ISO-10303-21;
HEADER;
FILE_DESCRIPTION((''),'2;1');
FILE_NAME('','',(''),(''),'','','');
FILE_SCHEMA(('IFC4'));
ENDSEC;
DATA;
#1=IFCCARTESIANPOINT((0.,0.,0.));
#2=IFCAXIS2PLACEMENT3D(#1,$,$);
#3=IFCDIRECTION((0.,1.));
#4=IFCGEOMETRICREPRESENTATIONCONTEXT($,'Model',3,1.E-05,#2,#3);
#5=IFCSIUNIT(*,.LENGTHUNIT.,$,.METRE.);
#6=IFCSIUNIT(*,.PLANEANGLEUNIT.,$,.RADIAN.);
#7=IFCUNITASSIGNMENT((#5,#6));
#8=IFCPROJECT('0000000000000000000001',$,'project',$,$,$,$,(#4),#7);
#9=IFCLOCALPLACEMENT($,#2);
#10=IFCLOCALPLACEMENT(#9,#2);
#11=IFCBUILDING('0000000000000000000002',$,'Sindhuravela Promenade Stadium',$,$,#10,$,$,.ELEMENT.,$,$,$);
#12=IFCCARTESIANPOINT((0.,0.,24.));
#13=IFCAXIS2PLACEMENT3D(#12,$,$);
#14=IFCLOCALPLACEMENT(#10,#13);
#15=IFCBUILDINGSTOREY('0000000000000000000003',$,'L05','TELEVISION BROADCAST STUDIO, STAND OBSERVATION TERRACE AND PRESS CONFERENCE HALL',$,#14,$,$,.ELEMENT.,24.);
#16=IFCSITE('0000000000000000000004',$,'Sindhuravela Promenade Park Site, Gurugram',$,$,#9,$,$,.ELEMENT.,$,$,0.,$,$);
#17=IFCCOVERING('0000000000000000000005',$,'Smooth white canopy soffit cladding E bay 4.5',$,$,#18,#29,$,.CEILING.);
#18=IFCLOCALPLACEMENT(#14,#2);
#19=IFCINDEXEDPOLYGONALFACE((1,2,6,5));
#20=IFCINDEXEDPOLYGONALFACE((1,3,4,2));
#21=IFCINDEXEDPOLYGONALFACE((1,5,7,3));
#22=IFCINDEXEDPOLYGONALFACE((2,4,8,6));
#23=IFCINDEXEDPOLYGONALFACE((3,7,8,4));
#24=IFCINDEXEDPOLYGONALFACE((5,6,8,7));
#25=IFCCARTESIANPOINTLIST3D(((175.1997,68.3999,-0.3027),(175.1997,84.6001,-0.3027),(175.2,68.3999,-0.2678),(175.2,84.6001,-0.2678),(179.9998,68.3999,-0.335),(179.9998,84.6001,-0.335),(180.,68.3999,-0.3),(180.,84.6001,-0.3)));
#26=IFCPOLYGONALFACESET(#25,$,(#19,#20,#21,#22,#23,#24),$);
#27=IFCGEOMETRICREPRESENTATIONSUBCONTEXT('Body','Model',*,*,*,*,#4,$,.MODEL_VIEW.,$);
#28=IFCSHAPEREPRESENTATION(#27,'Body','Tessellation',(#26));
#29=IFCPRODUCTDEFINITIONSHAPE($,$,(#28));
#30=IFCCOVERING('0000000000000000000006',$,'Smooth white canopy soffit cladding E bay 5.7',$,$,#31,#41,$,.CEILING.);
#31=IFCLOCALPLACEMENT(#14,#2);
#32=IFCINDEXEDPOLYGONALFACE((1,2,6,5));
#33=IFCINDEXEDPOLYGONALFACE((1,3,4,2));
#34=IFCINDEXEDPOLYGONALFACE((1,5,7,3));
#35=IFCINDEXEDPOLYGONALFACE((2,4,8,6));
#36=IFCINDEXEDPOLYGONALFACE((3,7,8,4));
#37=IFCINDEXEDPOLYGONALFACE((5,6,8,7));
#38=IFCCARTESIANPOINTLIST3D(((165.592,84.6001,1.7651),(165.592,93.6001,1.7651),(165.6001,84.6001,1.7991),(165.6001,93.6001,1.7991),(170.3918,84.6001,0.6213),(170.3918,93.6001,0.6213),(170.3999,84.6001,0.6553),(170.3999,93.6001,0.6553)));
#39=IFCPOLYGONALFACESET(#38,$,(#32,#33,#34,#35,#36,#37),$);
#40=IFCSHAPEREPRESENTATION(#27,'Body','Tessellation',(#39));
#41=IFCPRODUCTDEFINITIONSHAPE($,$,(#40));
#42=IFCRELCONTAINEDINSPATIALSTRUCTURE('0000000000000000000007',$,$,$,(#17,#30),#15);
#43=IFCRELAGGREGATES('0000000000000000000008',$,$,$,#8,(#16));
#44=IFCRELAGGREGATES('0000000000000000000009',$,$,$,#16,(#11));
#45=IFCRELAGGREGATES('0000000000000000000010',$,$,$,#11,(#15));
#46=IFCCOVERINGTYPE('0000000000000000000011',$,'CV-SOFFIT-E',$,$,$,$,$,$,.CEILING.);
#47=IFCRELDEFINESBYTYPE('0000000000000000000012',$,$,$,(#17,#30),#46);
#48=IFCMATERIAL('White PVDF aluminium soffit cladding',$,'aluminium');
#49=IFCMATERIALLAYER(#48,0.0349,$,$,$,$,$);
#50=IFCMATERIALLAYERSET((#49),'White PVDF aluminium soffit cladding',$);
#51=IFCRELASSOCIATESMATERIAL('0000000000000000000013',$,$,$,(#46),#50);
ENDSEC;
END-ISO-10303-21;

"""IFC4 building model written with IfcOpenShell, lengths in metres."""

from ifc_helpers import new_model, si_unit, direction, frame, origin, place, context, subcontext, project, spatial, polyline, outline, extrude, material, layer, layer_set, type_object, element, save


model = new_model("IFC4")

# Units and contexts
model_context = context("Model", 3, precision=1e-05, world=origin(), true_north=direction((0.0, 1.0)))
body_context = subcontext(model_context, "Body", "Model", "MODEL_VIEW")
ifc_project = project(units=[si_unit("LENGTHUNIT", "METRE"), si_unit("PLANEANGLEUNIT", "RADIAN")], contexts=[model_context])

# Site, building, storey
site_placement = place(None, origin())
site = spatial("IfcSite", under=ifc_project, at=site_placement, Name="Sindhuravela Promenade Park Site, Gurugram", CompositionType="ELEMENT", RefElevation=0.0)
building_placement = place(site_placement, origin())
building = spatial("IfcBuilding", under=site, at=building_placement, Name="Sindhuravela Promenade Stadium", CompositionType="ELEMENT")
storey_placement = place(building_placement, frame((0.0, 0.0, 24.0)))
storey = spatial("IfcBuildingStorey", under=building, at=storey_placement, Name="L05", Description="TELEVISION BROADCAST STUDIO, STAND OBSERVATION TERRACE AND PRESS CONFERENCE HALL", CompositionType="ELEMENT", Elevation=24.0)

# Coverings
ifc_material_1 = material(Name="White PVDF aluminium soffit cladding", Category="aluminium")
ifc_layer_1 = layer(ifc_material_1, 0.0349)
ifc_layer_set_1 = layer_set([ifc_layer_1], Name="White PVDF aluminium soffit cladding")
covering_type_1 = type_object("IfcCoveringType", Name="CV-SOFFIT-E", PredefinedType="CEILING", material=ifc_layer_set_1)
covering_1_placement = place(storey_placement, frame((180.0, 68.3999, -0.3), z_axis=(0.006714, 0.0, 0.999977), x_axis=(0.0, 1.0, 0.0)))
element("IfcCovering", 1, at=covering_1_placement, inside=storey, type_object=covering_type_1, Name="Smooth white canopy soffit cladding E bay 4.5", PredefinedType="CEILING", context=body_context, shape_type="SweptSolid", body=[
    extrude(outline(polyline([(0.0, 0.0), (16.2002, 0.0), (16.2002, 4.8002), (0.0, 4.8002), (0.0, 0.0)])), origin(), (0.0, 0.0, -1.0), 0.0349),
])
covering_2_placement = place(storey_placement, frame((170.3999, 84.6001, 0.6553), z_axis=(0.23181, 0.0, 0.972761), x_axis=(0.0, 1.0, 0.0)))
element("IfcCovering", 2, at=covering_2_placement, inside=storey, type_object=covering_type_1, Name="Smooth white canopy soffit cladding E bay 5.7", PredefinedType="CEILING", context=body_context, shape_type="SweptSolid", body=[
    extrude(outline(polyline([(0.0, 0.0), (9.0, 0.0), (9.0, 4.9342), (0.0, 4.9342), (0.0, 0.0)])), origin(), (0.0, 0.0, -1.0), 0.0349),
])

save(model, "model.ifc")
